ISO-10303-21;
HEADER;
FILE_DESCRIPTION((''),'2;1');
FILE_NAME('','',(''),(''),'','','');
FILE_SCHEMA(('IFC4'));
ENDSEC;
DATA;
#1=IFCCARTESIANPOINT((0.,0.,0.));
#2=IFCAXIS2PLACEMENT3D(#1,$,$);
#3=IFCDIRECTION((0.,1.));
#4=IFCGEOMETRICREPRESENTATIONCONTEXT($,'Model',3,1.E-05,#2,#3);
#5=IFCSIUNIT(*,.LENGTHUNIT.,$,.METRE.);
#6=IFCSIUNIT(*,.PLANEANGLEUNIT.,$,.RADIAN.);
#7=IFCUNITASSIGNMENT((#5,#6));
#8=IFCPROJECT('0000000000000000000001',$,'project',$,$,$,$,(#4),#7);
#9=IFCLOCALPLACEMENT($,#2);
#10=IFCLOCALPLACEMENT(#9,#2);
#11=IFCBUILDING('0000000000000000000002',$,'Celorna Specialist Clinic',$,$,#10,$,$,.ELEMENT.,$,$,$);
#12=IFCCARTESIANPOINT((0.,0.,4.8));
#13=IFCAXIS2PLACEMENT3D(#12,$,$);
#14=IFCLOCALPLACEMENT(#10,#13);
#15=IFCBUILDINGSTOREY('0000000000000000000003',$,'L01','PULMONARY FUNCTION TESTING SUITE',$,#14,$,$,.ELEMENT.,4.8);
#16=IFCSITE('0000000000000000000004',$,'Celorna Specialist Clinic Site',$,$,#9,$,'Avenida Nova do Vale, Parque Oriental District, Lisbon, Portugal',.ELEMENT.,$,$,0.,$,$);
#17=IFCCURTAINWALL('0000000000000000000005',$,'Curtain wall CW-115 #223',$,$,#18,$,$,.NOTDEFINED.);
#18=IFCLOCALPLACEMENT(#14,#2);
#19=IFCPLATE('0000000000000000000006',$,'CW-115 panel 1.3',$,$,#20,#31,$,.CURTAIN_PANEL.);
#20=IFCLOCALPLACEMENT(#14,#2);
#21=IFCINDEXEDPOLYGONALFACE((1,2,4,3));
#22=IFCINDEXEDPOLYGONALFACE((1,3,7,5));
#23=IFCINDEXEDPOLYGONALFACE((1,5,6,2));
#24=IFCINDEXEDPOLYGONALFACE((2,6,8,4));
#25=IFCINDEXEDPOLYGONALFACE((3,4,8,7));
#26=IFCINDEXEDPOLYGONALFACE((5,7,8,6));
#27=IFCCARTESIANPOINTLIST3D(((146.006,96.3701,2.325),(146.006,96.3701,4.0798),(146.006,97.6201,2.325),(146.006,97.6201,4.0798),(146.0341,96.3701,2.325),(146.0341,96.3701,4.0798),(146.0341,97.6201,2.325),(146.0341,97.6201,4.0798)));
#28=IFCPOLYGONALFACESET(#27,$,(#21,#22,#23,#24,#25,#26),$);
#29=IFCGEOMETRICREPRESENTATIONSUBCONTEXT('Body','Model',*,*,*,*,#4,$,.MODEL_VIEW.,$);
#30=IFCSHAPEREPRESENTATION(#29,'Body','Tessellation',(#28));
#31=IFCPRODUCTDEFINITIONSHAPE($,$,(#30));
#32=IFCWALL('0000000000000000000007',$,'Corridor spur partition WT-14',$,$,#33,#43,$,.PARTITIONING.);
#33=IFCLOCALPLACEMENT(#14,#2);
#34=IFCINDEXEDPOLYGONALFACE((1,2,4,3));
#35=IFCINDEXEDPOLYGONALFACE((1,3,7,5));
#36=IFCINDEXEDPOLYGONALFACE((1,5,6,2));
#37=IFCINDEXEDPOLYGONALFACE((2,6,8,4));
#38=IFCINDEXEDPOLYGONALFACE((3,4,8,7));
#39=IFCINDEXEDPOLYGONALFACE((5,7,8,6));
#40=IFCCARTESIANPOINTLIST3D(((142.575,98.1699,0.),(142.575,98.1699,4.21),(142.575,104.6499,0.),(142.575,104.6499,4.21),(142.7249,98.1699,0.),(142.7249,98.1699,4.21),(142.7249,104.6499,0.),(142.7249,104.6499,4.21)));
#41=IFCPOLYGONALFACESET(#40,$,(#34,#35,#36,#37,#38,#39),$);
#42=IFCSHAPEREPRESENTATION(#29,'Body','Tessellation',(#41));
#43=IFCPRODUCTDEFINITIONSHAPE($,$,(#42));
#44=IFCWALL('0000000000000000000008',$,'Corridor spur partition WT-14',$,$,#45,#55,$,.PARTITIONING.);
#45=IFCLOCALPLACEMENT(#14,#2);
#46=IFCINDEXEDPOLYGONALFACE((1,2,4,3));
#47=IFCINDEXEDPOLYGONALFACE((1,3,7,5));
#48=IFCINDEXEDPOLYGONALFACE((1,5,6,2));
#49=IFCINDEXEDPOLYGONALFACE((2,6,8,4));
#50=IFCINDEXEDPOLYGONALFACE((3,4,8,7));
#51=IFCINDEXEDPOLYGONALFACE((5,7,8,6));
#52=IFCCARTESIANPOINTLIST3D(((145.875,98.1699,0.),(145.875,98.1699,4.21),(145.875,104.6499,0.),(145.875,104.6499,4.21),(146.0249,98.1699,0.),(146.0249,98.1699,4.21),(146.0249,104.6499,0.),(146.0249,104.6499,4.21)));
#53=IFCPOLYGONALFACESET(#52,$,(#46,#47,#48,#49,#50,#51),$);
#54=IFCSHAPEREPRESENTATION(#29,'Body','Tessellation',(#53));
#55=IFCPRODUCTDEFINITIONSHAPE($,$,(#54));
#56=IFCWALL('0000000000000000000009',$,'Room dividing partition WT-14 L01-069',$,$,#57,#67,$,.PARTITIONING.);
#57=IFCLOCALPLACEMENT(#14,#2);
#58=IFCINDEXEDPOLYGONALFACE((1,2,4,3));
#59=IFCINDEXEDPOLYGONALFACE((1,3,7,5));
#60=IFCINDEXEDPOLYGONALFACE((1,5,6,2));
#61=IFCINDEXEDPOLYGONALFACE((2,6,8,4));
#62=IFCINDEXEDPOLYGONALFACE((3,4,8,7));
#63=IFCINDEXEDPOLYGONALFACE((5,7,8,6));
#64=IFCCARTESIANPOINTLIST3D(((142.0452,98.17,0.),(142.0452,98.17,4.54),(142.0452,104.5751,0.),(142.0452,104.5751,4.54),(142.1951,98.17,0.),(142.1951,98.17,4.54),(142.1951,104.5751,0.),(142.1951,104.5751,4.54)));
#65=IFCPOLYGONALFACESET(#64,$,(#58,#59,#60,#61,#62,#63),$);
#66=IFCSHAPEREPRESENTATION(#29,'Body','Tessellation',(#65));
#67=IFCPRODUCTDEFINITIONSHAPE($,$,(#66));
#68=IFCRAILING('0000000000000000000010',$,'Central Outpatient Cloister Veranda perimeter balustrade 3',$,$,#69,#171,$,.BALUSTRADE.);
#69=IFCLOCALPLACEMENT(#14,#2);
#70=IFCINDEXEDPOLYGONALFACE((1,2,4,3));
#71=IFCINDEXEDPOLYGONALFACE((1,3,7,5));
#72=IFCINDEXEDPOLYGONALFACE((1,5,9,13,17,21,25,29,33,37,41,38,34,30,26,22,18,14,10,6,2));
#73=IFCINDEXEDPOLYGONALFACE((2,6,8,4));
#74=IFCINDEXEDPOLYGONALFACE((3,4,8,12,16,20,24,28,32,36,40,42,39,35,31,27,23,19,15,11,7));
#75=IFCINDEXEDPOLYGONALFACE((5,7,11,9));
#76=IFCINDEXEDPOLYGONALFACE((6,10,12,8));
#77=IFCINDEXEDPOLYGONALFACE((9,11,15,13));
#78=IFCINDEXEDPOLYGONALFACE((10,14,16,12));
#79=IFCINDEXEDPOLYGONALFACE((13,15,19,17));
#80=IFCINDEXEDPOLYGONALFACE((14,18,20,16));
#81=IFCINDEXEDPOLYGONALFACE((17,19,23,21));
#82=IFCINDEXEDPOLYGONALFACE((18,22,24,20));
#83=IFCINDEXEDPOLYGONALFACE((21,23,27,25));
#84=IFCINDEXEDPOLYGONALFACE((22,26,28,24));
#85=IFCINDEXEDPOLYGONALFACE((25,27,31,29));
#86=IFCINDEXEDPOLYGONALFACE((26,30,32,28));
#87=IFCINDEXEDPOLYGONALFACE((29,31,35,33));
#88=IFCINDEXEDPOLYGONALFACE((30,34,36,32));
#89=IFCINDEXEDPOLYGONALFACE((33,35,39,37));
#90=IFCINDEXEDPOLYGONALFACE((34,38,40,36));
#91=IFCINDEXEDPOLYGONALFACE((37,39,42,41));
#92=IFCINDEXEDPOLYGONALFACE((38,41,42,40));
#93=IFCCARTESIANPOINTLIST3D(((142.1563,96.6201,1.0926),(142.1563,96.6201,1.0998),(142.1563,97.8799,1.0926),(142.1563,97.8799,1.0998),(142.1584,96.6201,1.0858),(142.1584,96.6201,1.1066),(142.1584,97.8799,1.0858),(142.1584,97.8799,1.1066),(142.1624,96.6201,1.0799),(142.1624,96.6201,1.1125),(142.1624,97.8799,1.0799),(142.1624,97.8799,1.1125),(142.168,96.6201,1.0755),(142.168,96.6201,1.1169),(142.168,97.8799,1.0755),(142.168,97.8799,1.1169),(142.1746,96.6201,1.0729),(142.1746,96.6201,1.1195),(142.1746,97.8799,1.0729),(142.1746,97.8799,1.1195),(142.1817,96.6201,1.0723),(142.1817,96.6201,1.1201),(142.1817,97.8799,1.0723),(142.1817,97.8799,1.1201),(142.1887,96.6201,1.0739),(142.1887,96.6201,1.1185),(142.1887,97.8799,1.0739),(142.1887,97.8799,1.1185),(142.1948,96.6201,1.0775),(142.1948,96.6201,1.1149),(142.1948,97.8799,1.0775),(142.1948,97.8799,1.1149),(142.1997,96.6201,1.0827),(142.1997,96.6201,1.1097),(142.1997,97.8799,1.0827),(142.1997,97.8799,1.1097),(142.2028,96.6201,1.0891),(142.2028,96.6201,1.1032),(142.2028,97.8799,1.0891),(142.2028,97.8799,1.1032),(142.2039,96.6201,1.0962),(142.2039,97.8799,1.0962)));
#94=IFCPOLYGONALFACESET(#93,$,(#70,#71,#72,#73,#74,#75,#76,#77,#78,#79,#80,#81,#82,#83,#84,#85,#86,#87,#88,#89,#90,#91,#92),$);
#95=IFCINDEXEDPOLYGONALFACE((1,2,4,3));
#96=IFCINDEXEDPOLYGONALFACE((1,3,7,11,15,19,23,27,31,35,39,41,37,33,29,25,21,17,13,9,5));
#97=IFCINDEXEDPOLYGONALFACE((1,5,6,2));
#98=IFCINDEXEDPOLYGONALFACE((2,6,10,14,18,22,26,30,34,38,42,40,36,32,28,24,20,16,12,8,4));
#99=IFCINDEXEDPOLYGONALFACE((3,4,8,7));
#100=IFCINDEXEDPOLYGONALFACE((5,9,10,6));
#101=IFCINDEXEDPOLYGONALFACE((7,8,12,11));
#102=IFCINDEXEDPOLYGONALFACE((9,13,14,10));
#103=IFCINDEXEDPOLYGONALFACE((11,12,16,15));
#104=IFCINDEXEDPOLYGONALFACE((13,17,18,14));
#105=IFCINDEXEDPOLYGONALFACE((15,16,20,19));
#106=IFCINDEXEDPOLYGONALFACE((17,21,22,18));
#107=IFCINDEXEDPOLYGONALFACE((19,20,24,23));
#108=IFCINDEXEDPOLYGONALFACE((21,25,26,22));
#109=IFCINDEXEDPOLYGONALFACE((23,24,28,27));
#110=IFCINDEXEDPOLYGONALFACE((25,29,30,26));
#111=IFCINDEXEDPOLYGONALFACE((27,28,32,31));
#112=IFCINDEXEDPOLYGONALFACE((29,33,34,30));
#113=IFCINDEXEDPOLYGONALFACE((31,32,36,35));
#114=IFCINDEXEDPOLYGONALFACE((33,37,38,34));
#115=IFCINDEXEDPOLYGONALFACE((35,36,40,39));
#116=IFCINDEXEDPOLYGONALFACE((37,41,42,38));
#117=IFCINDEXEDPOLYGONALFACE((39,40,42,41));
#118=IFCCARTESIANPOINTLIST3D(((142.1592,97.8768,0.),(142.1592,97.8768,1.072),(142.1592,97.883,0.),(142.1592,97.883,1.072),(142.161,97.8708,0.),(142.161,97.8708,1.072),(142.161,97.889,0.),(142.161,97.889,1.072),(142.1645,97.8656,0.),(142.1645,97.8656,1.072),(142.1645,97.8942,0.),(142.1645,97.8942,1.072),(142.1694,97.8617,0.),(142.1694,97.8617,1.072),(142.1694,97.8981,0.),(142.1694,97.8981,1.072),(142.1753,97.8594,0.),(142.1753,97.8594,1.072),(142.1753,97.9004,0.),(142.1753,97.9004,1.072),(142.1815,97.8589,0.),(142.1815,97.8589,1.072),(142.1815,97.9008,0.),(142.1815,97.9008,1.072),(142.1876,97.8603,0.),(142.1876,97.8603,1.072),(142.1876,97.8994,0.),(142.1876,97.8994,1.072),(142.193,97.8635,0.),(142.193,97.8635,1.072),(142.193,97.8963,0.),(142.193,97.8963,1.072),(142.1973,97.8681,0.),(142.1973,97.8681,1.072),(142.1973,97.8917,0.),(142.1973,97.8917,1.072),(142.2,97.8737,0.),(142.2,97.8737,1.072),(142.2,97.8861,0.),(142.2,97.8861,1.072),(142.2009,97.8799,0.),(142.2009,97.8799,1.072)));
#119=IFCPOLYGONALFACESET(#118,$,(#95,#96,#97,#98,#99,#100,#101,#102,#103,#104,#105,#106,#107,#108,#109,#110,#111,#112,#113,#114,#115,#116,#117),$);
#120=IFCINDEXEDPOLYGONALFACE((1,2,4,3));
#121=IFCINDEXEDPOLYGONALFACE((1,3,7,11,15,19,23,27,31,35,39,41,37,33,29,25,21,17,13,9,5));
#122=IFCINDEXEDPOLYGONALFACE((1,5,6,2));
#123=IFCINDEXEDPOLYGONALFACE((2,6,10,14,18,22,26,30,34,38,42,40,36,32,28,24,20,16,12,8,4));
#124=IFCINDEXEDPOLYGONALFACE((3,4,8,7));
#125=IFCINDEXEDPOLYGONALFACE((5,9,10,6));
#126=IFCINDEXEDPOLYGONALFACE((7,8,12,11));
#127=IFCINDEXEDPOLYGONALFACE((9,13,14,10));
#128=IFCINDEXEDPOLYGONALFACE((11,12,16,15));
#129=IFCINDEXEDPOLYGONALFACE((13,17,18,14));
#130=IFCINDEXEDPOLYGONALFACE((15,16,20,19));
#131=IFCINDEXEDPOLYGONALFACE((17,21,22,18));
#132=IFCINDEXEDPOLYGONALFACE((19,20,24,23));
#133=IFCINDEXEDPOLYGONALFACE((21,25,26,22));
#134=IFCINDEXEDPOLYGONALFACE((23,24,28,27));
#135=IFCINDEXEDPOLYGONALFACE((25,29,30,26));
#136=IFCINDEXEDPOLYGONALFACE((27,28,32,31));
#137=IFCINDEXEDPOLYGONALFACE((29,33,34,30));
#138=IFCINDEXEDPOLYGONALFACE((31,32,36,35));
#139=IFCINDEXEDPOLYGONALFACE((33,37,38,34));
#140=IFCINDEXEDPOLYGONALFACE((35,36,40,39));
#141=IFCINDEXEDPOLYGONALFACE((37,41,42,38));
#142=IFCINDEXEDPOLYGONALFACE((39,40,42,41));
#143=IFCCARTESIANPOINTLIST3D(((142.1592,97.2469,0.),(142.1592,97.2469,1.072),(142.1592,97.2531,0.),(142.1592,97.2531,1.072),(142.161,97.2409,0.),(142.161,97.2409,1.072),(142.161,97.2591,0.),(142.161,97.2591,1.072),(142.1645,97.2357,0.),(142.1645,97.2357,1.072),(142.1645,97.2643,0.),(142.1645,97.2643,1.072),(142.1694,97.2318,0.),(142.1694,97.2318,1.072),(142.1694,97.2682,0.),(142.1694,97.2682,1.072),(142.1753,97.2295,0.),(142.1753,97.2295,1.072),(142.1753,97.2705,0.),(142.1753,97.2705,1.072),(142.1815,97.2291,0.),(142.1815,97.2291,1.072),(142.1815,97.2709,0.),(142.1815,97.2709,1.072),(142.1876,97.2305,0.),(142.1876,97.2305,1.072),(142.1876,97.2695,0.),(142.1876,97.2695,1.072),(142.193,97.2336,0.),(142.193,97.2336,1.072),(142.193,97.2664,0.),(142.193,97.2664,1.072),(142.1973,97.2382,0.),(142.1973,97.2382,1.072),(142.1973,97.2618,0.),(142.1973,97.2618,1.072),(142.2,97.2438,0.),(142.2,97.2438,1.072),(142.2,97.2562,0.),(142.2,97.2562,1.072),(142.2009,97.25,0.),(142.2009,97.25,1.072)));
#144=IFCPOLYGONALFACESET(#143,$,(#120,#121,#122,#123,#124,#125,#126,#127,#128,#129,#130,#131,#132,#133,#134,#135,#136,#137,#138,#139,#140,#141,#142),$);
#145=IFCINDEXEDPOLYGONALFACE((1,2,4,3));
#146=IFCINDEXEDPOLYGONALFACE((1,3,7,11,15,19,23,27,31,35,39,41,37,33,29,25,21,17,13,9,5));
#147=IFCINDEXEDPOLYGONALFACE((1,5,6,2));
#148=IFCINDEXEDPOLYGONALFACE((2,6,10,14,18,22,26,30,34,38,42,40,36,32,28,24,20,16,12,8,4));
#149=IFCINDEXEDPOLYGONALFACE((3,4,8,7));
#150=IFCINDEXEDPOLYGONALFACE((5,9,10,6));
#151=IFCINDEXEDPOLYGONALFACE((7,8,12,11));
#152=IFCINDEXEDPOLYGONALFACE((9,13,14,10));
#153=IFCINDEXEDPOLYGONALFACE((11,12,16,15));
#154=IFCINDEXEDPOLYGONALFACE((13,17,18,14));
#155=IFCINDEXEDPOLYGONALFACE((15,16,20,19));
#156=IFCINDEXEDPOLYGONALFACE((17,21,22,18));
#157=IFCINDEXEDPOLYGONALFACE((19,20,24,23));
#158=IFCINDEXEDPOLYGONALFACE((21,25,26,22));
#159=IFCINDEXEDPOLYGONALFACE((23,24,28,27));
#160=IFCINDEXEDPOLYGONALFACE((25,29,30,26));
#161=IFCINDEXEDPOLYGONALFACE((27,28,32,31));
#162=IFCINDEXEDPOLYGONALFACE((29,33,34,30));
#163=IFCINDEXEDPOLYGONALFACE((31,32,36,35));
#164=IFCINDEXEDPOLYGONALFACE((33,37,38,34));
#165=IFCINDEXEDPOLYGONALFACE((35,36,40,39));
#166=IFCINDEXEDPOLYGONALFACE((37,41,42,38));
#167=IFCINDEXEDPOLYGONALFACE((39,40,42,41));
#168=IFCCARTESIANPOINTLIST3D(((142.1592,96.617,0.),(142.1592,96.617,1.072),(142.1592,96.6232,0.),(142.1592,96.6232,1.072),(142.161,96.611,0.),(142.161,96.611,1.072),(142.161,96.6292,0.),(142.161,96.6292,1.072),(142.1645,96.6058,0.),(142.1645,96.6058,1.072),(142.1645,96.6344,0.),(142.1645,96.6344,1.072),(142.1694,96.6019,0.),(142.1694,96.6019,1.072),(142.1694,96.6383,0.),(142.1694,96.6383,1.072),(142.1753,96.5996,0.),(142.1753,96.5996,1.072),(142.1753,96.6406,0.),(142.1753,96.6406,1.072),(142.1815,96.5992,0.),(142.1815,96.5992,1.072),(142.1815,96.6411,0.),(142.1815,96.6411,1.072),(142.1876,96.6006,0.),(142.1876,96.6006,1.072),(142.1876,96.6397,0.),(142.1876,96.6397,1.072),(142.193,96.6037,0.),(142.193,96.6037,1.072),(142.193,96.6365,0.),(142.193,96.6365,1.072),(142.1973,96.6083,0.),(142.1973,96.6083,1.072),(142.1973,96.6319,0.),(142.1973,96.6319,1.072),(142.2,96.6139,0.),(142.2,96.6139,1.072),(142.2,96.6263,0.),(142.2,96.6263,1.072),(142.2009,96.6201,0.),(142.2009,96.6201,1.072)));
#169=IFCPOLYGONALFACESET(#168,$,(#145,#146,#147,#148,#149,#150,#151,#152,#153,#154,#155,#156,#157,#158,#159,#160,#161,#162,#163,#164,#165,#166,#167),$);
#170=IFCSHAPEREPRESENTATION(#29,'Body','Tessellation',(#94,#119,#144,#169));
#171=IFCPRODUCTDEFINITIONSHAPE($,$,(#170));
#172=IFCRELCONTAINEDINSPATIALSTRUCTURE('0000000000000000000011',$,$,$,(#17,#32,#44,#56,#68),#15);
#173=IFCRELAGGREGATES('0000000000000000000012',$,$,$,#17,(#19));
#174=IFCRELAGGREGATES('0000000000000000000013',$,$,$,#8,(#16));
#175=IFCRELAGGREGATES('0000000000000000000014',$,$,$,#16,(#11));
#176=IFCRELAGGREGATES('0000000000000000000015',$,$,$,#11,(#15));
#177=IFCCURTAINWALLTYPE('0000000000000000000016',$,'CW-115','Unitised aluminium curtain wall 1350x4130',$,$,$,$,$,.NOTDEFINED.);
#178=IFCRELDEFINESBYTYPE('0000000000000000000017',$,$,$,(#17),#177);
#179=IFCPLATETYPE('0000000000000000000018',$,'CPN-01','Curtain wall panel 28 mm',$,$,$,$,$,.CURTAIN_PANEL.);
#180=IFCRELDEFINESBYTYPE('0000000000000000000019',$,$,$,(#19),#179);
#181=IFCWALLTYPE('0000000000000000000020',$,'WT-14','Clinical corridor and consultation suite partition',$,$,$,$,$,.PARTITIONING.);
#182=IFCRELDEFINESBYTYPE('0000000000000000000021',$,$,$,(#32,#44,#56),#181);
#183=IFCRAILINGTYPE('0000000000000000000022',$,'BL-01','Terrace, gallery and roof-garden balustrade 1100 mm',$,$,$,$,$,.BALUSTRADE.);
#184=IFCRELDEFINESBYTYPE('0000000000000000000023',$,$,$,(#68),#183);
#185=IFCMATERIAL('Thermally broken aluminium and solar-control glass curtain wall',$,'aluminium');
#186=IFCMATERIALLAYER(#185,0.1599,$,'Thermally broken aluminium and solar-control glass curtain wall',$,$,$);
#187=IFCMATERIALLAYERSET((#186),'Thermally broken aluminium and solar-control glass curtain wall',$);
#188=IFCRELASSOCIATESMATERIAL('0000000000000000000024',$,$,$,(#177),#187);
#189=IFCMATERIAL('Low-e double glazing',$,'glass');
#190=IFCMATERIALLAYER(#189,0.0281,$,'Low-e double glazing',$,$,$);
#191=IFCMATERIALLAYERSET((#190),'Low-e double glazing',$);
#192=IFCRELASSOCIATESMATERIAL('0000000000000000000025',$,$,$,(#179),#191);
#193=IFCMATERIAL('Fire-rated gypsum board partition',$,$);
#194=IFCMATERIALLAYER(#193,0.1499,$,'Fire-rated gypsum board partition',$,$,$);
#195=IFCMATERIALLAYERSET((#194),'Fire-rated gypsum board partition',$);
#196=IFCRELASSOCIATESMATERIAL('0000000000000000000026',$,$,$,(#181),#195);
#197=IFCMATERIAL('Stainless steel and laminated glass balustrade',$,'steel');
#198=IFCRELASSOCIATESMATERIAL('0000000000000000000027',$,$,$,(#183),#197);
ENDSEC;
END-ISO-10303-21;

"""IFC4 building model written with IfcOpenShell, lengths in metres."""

from ifc_helpers import new_model, si_unit, direction, frame, frame_2d, origin, origin_2d, place, context, subcontext, project, spatial, rectangle, circle, extrude, material, layer, layer_set, type_object, element, aggregate, save


model = new_model("IFC4")

# Units and contexts
model_context = context("Model", 3, precision=1e-05, world=origin(), true_north=direction((0.0, 1.0)))
body_context = subcontext(model_context, "Body", "Model", "MODEL_VIEW")
ifc_project = project(units=[si_unit("LENGTHUNIT", "METRE"), si_unit("PLANEANGLEUNIT", "RADIAN")], contexts=[model_context])

# Site, building, storey
site_placement = place(None, origin())
site = spatial("IfcSite", under=ifc_project, at=site_placement, Name="Celorna Specialist Clinic Site", LongName="Avenida Nova do Vale, Parque Oriental District, Lisbon, Portugal", CompositionType="ELEMENT", RefElevation=0.0)
building_placement = place(site_placement, origin())
building = spatial("IfcBuilding", under=site, at=building_placement, Name="Celorna Specialist Clinic", CompositionType="ELEMENT")
storey_placement = place(building_placement, frame((0.0, 0.0, 4.8)))
storey = spatial("IfcBuildingStorey", under=building, at=storey_placement, Name="L01", Description="PULMONARY FUNCTION TESTING SUITE", CompositionType="ELEMENT", Elevation=4.8)

# Shared definitions
ifc_material_1 = material(Name="Thermally broken aluminium and solar-control glass curtain wall", Category="aluminium")
ifc_layer_1 = layer(ifc_material_1, 0.1599, Name="Thermally broken aluminium and solar-control glass curtain wall")
ifc_layer_set_1 = layer_set([ifc_layer_1], Name="Thermally broken aluminium and solar-control glass curtain wall")
curtain_wall_type = type_object("IfcCurtainWallType", Name="CW-115", Description="Unitised aluminium curtain wall 1350x4130", PredefinedType="NOTDEFINED", material=ifc_layer_set_1)

# Curtain wall
curtain_wall_1_placement = place(storey_placement, origin())
curtain_wall_1 = element("IfcCurtainWall", 1, at=curtain_wall_1_placement, inside=storey, type_object=curtain_wall_type, Name="Curtain wall CW-115 #223", PredefinedType="NOTDEFINED")

# Plate
ifc_material_2 = material(Name="Low-e double glazing", Category="glass")
ifc_layer_2 = layer(ifc_material_2, 0.0281, Name="Low-e double glazing")
ifc_layer_set_2 = layer_set([ifc_layer_2], Name="Low-e double glazing")
plate_type = type_object("IfcPlateType", Name="CPN-01", Description="Curtain wall panel 28 mm", PredefinedType="CURTAIN_PANEL", material=ifc_layer_set_2)
plate_1_placement = place(storey_placement, frame((146.02, 96.9951, 2.325), z_axis=(0.0, 0.0, 1.0), x_axis=(0.0, -1.0, 0.0)))
plate_1 = element("IfcPlate", 2, at=plate_1_placement, type_object=plate_type, Name="CW-115 panel 1.3", PredefinedType="CURTAIN_PANEL", context=body_context, shape_type="SweptSolid", body=[
    extrude(rectangle(XDim=1.25, YDim=0.0281, at=origin_2d()), origin(), (0.0, 0.0, 1.0), 1.7549),
])
aggregate(curtain_wall_1, [plate_1])

# Walls
ifc_material_3 = material(Name="Fire-rated gypsum board partition")
ifc_layer_3 = layer(ifc_material_3, 0.1499, Name="Fire-rated gypsum board partition")
ifc_layer_set_3 = layer_set([ifc_layer_3], Name="Fire-rated gypsum board partition")
wall_type = type_object("IfcWallType", Name="WT-14", Description="Clinical corridor and consultation suite partition", PredefinedType="PARTITIONING", material=ifc_layer_set_3)
for number, where, z_axis, x_axis, name in (
    (3, (142.6499, 98.1699, 0.0), (0.0, 0.0, 1.0), (0.0, 1.0, 0.0), "Corridor spur partition WT-14"),
    (4, (145.95, 98.1699, 0.0), (0.0, 0.0, 1.0), (0.0, 1.0, 0.0), "Corridor spur partition WT-14"),
):
    element("IfcWall", number, at=place(storey_placement, frame(where, z_axis=z_axis, x_axis=x_axis)), inside=storey, type_object=wall_type, Name=name, PredefinedType="PARTITIONING", context=body_context, shape_type="SweptSolid", body=[
        extrude(rectangle(XDim=6.48, YDim=0.1499, at=frame_2d((3.24, 0.0))), origin(), (0.0, 0.0, 1.0), 4.21),
    ])
wall_placement = place(storey_placement, frame((142.1201, 98.1699, 0.0), z_axis=(0.0, 0.0, 1.0), x_axis=(0.0, 1.0, 0.0)))
element("IfcWall", 5, at=wall_placement, inside=storey, type_object=wall_type, Name="Room dividing partition WT-14 L01-069", PredefinedType="PARTITIONING", context=body_context, shape_type="SweptSolid", body=[
    extrude(rectangle(XDim=6.405, YDim=0.1499, at=frame_2d((3.2026, 0.0))), origin(), (0.0, 0.0, 1.0), 4.54),
])

# Railing
ifc_material_4 = material(Name="Stainless steel and laminated glass balustrade", Category="steel")
railing_type = type_object("IfcRailingType", Name="BL-01", Description="Terrace, gallery and roof-garden balustrade 1100 mm", PredefinedType="BALUSTRADE", material=ifc_material_4)
railing_1_placement = place(storey_placement, frame((142.1799, 97.8799, 0.0)))
element("IfcRailing", 6, at=railing_1_placement, inside=storey, type_object=railing_type, Name="Central Outpatient Cloister Veranda perimeter balustrade 3", PredefinedType="BALUSTRADE", context=body_context, shape_type="SweptSolid", body=[
    extrude(circle(Radius=0.0239, at=origin_2d()), frame((0.0, 0.0, 1.0962), z_axis=(0.0, -1.0, 0.0), x_axis=(1.0, 0.0, 0.0)), (0.0, 0.0, 1.0), 1.2598),
    extrude(circle(Radius=0.021, at=origin_2d()), origin(), (0.0, 0.0, 1.0), 1.072),
    extrude(circle(Radius=0.021, at=origin_2d()), frame((0.0, -0.6299, 0.0)), (0.0, 0.0, 1.0), 1.072),
    extrude(circle(Radius=0.021, at=origin_2d()), frame((0.0, -1.2598, 0.0)), (0.0, 0.0, 1.0), 1.072),
])

save(model, "model.ifc")
